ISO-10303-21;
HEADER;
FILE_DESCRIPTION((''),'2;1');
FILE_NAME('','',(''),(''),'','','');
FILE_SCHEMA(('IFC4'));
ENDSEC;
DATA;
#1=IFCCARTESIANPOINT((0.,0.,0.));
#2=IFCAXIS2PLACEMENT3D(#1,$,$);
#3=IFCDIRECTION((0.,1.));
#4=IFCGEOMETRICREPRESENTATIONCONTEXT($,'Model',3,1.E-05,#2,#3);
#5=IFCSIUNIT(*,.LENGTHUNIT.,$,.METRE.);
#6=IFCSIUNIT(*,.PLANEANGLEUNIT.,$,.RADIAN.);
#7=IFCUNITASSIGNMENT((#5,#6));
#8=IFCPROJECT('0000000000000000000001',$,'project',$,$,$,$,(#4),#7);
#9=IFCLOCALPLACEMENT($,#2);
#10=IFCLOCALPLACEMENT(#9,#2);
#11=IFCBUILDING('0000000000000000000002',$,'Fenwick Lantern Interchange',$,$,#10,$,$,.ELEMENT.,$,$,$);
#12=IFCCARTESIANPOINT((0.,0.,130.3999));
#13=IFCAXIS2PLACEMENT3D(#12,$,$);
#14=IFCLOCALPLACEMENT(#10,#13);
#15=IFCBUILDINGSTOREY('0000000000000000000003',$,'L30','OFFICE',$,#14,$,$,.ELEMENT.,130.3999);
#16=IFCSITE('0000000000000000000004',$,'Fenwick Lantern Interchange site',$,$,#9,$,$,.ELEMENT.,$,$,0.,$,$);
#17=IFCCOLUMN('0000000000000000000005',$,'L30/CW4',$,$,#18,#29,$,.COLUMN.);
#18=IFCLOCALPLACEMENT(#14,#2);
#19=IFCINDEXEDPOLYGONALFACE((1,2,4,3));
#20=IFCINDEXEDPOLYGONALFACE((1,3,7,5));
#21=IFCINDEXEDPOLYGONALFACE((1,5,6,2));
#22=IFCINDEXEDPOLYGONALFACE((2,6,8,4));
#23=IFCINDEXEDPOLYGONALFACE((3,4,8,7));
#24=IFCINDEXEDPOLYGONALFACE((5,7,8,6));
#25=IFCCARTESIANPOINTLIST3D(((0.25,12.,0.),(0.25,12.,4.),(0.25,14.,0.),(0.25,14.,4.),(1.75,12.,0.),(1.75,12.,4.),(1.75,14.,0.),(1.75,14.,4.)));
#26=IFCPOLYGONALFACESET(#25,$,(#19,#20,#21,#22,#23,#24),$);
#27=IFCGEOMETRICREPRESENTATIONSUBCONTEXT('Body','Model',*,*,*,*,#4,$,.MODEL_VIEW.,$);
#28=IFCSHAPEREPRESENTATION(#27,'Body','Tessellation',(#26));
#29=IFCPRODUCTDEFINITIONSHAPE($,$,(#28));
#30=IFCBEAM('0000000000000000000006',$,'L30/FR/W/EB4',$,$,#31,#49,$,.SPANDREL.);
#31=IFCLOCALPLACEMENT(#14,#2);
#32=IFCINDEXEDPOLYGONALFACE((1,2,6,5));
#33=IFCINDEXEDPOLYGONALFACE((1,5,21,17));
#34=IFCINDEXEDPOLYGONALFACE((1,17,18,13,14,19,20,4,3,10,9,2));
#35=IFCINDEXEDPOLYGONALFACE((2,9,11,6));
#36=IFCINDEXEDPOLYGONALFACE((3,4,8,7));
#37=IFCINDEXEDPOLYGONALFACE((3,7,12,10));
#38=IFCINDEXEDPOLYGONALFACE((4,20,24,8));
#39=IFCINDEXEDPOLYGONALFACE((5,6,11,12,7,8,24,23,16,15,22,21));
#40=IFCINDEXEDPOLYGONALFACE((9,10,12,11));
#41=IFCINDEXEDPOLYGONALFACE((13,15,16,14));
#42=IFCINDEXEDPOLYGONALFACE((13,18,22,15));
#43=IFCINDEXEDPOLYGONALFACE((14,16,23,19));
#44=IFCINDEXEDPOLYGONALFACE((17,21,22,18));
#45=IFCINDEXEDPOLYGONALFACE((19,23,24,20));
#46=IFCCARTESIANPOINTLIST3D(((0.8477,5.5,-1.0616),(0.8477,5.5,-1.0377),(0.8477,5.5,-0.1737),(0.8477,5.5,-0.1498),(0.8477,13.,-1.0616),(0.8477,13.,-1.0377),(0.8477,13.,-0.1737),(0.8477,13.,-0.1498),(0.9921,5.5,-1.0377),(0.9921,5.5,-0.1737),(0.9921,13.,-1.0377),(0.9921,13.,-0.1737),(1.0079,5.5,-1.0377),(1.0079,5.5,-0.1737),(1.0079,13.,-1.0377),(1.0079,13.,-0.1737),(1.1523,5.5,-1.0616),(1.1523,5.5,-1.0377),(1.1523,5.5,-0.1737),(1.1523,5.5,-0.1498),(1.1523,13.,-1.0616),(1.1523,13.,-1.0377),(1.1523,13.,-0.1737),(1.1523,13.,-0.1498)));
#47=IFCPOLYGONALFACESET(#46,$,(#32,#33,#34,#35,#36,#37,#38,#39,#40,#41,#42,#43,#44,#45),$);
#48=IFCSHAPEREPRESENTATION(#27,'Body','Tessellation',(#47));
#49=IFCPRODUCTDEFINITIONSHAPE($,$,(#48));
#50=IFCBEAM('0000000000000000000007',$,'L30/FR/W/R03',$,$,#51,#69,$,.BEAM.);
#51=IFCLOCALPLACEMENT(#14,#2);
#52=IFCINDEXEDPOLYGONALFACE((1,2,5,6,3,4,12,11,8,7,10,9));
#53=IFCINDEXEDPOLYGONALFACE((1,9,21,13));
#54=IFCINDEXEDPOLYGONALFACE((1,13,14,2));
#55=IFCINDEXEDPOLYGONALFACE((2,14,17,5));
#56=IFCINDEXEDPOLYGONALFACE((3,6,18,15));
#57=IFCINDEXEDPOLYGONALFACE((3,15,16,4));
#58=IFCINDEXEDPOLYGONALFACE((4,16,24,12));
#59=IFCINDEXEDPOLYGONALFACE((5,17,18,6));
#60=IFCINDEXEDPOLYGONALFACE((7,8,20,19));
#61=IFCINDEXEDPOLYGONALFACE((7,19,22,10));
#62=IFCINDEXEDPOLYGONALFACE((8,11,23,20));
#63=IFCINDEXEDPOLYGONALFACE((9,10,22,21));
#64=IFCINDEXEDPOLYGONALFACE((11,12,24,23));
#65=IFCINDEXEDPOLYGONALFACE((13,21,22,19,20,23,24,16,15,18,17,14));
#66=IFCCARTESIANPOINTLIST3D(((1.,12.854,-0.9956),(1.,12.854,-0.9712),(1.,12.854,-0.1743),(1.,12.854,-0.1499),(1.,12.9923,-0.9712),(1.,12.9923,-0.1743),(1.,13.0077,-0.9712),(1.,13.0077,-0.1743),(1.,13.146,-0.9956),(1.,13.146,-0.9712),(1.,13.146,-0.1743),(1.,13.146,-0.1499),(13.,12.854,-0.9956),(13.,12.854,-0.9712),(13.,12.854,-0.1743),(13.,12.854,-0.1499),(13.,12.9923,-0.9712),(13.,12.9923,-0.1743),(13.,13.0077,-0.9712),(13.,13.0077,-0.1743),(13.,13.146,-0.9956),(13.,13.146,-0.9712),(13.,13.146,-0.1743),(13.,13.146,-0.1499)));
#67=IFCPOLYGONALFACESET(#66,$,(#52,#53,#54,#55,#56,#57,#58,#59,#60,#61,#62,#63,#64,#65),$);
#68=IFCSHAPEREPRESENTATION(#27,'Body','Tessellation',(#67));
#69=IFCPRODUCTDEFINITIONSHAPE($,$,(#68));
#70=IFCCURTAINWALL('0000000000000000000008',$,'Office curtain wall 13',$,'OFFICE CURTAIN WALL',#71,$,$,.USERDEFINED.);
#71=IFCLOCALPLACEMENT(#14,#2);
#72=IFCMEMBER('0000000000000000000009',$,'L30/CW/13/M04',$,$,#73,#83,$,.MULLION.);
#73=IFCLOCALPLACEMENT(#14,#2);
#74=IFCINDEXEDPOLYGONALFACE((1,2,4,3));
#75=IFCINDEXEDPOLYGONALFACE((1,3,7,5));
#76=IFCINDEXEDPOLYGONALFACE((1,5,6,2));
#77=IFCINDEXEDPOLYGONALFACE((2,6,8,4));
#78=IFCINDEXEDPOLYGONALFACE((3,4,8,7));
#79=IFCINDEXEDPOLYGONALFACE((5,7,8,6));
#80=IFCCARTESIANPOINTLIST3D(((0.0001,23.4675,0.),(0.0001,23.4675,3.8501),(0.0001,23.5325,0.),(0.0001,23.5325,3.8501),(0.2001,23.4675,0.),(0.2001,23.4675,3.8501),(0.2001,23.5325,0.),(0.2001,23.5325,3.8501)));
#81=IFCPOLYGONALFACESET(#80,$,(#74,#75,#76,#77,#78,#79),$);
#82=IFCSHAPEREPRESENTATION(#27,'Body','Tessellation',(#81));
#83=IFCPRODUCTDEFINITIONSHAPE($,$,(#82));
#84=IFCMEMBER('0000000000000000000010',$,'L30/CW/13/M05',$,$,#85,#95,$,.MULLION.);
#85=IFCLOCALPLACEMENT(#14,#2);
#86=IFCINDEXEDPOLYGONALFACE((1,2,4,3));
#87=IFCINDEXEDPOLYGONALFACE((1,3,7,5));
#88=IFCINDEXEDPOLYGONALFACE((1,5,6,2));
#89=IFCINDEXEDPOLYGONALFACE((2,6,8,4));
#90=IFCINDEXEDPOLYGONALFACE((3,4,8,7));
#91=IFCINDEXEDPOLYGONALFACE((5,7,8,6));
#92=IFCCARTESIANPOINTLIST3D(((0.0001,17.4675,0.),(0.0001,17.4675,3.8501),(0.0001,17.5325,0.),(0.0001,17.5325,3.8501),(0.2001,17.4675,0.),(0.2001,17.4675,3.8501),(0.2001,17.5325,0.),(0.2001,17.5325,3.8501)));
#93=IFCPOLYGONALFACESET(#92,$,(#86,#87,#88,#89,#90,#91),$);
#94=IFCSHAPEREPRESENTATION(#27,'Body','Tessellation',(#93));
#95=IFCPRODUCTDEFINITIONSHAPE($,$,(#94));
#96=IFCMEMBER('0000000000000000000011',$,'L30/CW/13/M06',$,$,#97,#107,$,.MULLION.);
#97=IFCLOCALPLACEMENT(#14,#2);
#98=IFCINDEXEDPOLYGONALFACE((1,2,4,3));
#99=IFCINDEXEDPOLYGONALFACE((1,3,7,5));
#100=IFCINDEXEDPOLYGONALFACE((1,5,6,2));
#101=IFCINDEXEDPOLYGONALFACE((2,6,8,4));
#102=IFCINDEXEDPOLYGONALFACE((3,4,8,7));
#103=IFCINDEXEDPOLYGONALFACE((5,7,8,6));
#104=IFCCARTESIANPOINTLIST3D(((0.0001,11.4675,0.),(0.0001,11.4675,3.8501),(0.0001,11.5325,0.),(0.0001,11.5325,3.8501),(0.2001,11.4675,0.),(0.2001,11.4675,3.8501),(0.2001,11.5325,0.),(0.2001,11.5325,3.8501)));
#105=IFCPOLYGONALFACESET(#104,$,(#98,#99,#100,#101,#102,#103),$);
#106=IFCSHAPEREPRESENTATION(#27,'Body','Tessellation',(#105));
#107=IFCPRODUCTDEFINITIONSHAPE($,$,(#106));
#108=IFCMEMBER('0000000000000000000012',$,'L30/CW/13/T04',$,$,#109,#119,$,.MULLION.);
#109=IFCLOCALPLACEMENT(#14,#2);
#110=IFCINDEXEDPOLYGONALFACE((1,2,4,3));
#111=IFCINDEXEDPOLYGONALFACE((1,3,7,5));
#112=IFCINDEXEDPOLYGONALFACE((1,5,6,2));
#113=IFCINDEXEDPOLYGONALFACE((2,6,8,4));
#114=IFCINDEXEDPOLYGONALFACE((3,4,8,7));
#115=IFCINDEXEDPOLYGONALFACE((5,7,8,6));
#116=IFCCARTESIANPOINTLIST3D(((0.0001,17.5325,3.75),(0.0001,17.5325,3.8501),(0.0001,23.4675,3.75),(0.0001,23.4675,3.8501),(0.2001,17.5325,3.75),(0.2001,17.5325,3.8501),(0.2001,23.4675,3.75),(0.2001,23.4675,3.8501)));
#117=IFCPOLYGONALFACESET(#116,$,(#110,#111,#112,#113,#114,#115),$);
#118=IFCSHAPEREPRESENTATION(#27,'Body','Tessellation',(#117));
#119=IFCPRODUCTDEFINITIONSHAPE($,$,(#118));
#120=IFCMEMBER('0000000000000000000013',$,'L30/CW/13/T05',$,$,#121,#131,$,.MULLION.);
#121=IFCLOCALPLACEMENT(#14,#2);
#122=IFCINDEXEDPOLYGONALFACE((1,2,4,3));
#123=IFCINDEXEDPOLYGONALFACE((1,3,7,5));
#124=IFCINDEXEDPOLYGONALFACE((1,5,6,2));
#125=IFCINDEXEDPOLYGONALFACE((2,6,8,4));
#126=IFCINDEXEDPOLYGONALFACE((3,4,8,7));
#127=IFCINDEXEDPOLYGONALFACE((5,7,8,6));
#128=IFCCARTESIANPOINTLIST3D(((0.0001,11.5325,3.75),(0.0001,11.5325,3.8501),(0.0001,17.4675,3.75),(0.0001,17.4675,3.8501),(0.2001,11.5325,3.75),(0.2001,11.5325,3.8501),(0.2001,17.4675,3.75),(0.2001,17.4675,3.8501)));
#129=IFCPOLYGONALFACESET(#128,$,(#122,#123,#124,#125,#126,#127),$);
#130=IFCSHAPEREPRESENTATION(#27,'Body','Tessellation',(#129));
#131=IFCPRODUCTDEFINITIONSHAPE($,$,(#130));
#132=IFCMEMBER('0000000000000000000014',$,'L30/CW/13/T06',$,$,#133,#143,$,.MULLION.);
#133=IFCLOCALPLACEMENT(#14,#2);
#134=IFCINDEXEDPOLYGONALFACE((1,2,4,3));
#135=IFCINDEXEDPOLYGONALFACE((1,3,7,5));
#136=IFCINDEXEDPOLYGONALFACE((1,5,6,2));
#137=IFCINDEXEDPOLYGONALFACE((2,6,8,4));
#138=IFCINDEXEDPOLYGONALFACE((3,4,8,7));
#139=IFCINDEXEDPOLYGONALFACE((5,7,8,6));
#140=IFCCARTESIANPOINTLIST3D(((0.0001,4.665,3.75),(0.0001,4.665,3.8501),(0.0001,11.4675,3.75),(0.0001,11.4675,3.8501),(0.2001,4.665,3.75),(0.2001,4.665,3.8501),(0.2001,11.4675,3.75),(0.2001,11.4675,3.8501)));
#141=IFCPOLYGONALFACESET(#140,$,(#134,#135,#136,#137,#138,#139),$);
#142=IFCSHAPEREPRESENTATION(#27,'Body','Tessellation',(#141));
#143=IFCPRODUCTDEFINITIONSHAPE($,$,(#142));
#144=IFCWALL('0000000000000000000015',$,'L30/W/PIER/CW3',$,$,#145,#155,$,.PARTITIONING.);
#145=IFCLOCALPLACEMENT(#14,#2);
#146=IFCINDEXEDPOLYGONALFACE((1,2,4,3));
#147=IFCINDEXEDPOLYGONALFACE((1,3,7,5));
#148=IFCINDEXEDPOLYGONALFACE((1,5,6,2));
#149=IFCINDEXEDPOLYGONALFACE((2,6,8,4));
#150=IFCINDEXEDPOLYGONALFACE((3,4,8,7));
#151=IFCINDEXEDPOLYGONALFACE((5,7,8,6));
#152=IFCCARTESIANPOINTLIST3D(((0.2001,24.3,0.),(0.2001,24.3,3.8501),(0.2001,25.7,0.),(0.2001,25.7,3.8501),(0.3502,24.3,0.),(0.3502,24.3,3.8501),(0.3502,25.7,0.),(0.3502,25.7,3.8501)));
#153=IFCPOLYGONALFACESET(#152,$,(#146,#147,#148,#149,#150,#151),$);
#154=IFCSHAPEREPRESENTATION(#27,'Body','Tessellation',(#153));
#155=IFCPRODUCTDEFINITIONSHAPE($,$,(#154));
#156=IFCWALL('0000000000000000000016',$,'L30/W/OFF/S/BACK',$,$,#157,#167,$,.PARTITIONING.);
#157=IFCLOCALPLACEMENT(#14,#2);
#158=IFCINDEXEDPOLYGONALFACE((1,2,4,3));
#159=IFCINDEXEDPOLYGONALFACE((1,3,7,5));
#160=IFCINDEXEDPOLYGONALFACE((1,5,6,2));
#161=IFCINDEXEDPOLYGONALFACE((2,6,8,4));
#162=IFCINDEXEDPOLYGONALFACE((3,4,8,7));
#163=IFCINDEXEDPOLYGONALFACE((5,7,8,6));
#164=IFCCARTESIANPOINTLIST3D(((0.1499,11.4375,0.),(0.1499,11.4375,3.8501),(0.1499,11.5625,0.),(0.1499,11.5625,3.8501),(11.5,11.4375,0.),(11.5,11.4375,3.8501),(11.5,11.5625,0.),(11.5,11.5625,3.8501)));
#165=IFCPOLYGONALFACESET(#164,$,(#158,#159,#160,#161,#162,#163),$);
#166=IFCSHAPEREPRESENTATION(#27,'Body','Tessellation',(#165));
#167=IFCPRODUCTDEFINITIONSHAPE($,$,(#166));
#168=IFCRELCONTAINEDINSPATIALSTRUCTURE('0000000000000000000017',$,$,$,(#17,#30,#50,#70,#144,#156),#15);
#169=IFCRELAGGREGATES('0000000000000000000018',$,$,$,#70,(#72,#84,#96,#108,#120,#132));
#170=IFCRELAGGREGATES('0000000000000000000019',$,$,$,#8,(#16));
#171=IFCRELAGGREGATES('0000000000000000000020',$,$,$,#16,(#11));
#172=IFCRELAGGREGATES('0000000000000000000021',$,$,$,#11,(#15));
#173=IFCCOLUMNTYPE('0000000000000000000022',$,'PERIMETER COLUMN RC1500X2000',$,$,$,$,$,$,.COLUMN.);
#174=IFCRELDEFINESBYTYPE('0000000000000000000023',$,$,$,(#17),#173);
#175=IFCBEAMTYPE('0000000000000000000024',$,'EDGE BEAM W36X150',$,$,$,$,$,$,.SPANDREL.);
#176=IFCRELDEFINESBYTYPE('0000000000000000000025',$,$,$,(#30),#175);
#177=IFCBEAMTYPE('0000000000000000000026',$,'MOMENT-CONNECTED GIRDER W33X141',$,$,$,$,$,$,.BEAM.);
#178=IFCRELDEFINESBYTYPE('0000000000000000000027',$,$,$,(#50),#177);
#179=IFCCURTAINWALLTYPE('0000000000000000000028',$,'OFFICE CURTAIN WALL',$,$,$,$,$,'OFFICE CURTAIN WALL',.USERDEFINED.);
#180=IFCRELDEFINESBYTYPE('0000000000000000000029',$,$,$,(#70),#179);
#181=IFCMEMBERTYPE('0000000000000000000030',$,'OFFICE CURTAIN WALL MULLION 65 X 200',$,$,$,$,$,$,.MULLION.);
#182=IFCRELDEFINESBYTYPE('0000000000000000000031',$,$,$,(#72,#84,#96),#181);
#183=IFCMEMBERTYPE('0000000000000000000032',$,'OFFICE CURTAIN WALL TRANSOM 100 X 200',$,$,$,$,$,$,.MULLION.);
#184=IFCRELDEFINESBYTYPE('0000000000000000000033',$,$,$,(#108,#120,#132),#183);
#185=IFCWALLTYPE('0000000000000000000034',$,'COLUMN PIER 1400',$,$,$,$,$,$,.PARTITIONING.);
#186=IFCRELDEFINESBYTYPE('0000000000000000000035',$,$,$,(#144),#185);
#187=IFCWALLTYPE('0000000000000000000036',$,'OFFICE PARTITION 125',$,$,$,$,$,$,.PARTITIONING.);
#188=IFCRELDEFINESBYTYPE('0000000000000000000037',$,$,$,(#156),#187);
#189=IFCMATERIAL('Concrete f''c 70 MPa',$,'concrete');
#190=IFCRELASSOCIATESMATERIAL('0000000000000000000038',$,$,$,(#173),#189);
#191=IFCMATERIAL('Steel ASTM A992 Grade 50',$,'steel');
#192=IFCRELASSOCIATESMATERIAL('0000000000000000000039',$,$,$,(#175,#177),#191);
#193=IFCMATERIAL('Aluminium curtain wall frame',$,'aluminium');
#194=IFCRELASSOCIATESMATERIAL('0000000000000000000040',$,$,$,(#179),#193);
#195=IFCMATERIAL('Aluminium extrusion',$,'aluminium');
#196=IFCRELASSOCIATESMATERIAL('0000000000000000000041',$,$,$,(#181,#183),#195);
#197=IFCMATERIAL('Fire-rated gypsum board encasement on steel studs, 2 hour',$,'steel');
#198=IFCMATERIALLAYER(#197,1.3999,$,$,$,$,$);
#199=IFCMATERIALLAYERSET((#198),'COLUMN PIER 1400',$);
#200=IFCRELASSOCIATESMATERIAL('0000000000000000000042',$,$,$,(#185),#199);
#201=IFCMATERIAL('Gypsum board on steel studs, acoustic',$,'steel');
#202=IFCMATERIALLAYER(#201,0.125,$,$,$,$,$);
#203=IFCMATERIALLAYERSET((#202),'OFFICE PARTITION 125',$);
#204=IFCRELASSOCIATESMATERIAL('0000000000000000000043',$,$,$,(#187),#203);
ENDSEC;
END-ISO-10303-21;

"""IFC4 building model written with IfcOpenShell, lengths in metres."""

from ifc_helpers import new_model, si_unit, direction, frame, frame_2d, origin, origin_2d, place, context, subcontext, project, spatial, rectangle, i_section, extrude, material, layer, layer_set, material_profile, profile_set, type_object, element, aggregate, save


model = new_model("IFC4")

# Units and contexts
model_context = context("Model", 3, precision=1e-05, world=origin(), true_north=direction((0.0, 1.0)))
body_context = subcontext(model_context, "Body", "Model", "MODEL_VIEW")
ifc_project = project(units=[si_unit("LENGTHUNIT", "METRE"), si_unit("PLANEANGLEUNIT", "RADIAN")], contexts=[model_context])

# Site, building, storey
site_placement = place(None, origin())
site = spatial("IfcSite", under=ifc_project, at=site_placement, Name="Fenwick Lantern Interchange site", CompositionType="ELEMENT", RefElevation=0.0)
building_placement = place(site_placement, origin())
building = spatial("IfcBuilding", under=site, at=building_placement, Name="Fenwick Lantern Interchange", CompositionType="ELEMENT")
storey_placement = place(building_placement, frame((0.0, 0.0, 130.3999)))
storey = spatial("IfcBuildingStorey", under=building, at=storey_placement, Name="L30", Description="OFFICE", CompositionType="ELEMENT", Elevation=130.3999)

# Column
ifc_material_1 = material(Name="Concrete f'c 70 MPa", Category="concrete")
ifc_material_profile_1 = material_profile(ifc_material_1, rectangle(XDim=1.5, YDim=2.0, at=origin_2d()), Name="RC1500X2000")
ifc_profile_set_1 = profile_set([ifc_material_profile_1], Name="Concrete f'c 70 MPa")
column_type = type_object("IfcColumnType", Name="PERIMETER COLUMN RC1500X2000", PredefinedType="COLUMN", material=ifc_profile_set_1)
column_placement = place(storey_placement, frame((1.0, 13.0, 0.0), z_axis=(0.0, 0.0, 1.0), x_axis=(1.0, 0.0, 0.0)))
element("IfcColumn", 1, at=column_placement, inside=storey, type_object=column_type, Name="L30/CW4", PredefinedType="COLUMN", context=body_context, shape_type="SweptSolid", body=[
    extrude(rectangle(XDim=1.5, YDim=2.0, at=origin_2d()), origin(), (0.0, 0.0, 1.0), 4.0),
])

# Beams
ifc_material_2 = material(Name="Steel ASTM A992 Grade 50", Category="steel")
ifc_material_profile_2 = material_profile(ifc_material_2, i_section(OverallWidth=0.3047, OverallDepth=0.9119, WebThickness=0.0159, FlangeThickness=0.0239, at=origin_2d()), Name="W36X150")
ifc_profile_set_2 = profile_set([ifc_material_profile_2], Name="Steel ASTM A992 Grade 50")
beam_type_1 = type_object("IfcBeamType", Name="EDGE BEAM W36X150", PredefinedType="SPANDREL", material=ifc_profile_set_2)
beam_1_placement = place(storey_placement, frame((1.0, 13.0, -0.6057), z_axis=(0.0, -1.0, 0.0), x_axis=(1.0, 0.0, 0.0)))
element("IfcBeam", 2, at=beam_1_placement, inside=storey, type_object=beam_type_1, Name="L30/FR/W/EB4", PredefinedType="SPANDREL", context=body_context, shape_type="SweptSolid", body=[
    extrude(i_section(OverallWidth=0.3047, OverallDepth=0.9119, WebThickness=0.0159, FlangeThickness=0.0239, at=origin_2d()), origin(), (0.0, 0.0, 1.0), 7.5),
])
ifc_material_profile_3 = material_profile(ifc_material_2, i_section(OverallWidth=0.292, OverallDepth=0.8457, WebThickness=0.0154, FlangeThickness=0.0244, at=origin_2d()), Name="W33X141")
ifc_profile_set_3 = profile_set([ifc_material_profile_3], Name="Steel ASTM A992 Grade 50")
beam_type_2 = type_object("IfcBeamType", Name="MOMENT-CONNECTED GIRDER W33X141", PredefinedType="BEAM", material=ifc_profile_set_3)
beam_2_placement = place(storey_placement, frame((1.0, 13.0, -0.5728), z_axis=(1.0, 0.0, 0.0), x_axis=(0.0, 1.0, 0.0)))
element("IfcBeam", 3, at=beam_2_placement, inside=storey, type_object=beam_type_2, Name="L30/FR/W/R03", PredefinedType="BEAM", context=body_context, shape_type="SweptSolid", body=[
    extrude(i_section(OverallWidth=0.292, OverallDepth=0.8457, WebThickness=0.0154, FlangeThickness=0.0244, at=origin_2d()), origin(), (0.0, 0.0, 1.0), 12.0),
])

# Curtain wall, members
ifc_material_3 = material(Name="Aluminium curtain wall frame", Category="aluminium")
curtain_wall_type = type_object("IfcCurtainWallType", Name="OFFICE CURTAIN WALL", ElementType="OFFICE CURTAIN WALL", PredefinedType="USERDEFINED", material=ifc_material_3)
curtain_wall_placement = place(storey_placement, origin())
curtain_wall = element("IfcCurtainWall", 4, at=curtain_wall_placement, inside=storey, type_object=curtain_wall_type, Name="Office curtain wall 13", ObjectType="OFFICE CURTAIN WALL", PredefinedType="USERDEFINED")
ifc_material_4 = material(Name="Aluminium extrusion", Category="aluminium")
ifc_material_profile_4 = material_profile(ifc_material_4, rectangle(XDim=0.2, YDim=0.0649, at=origin_2d()), Name="OFFICE CURTAIN WALL MULLION 65 X 200")
ifc_profile_set_4 = profile_set([ifc_material_profile_4], Name="Aluminium extrusion")
member_type_1 = type_object("IfcMemberType", Name="OFFICE CURTAIN WALL MULLION 65 X 200", PredefinedType="MULLION", material=ifc_profile_set_4)
member_1_placement = place(storey_placement, frame((0.1001, 23.5, 0.0), z_axis=(0.0, 0.0, 1.0), x_axis=(1.0, 0.0, 0.0)))
member_1 = element("IfcMember", 5, at=member_1_placement, type_object=member_type_1, Name="L30/CW/13/M04", PredefinedType="MULLION", context=body_context, shape_type="SweptSolid", body=[
    extrude(rectangle(XDim=0.2, YDim=0.0649, at=origin_2d()), origin(), (0.0, 0.0, 1.0), 3.8501),
])
member_2_placement = place(storey_placement, frame((0.1001, 17.5, 0.0), z_axis=(0.0, 0.0, 1.0), x_axis=(1.0, 0.0, 0.0)))
member_2 = element("IfcMember", 6, at=member_2_placement, type_object=member_type_1, Name="L30/CW/13/M05", PredefinedType="MULLION", context=body_context, shape_type="SweptSolid", body=[
    extrude(rectangle(XDim=0.2, YDim=0.0649, at=origin_2d()), origin(), (0.0, 0.0, 1.0), 3.8501),
])
member_3_placement = place(storey_placement, frame((0.1001, 11.5, 0.0), z_axis=(0.0, 0.0, 1.0), x_axis=(1.0, 0.0, 0.0)))
member_3 = element("IfcMember", 7, at=member_3_placement, type_object=member_type_1, Name="L30/CW/13/M06", PredefinedType="MULLION", context=body_context, shape_type="SweptSolid", body=[
    extrude(rectangle(XDim=0.2, YDim=0.0649, at=origin_2d()), origin(), (0.0, 0.0, 1.0), 3.8501),
])
ifc_material_profile_5 = material_profile(ifc_material_4, rectangle(XDim=0.2, YDim=0.1001, at=origin_2d()), Name="OFFICE CURTAIN WALL TRANSOM 100 X 200")
ifc_profile_set_5 = profile_set([ifc_material_profile_5], Name="Aluminium extrusion")
member_type_2 = type_object("IfcMemberType", Name="OFFICE CURTAIN WALL TRANSOM 100 X 200", PredefinedType="MULLION", material=ifc_profile_set_5)
member_4_placement = place(storey_placement, frame((0.1001, 23.4675, 3.8), z_axis=(0.0, -1.0, 0.0), x_axis=(1.0, 0.0, 0.0)))
member_4 = element("IfcMember", 8, at=member_4_placement, type_object=member_type_2, Name="L30/CW/13/T04", PredefinedType="MULLION", context=body_context, shape_type="SweptSolid", body=[
    extrude(rectangle(XDim=0.2, YDim=0.1001, at=origin_2d()), origin(), (0.0, 0.0, 1.0), 5.9351),
])
member_5_placement = place(storey_placement, frame((0.1001, 17.4675, 3.8), z_axis=(0.0, -1.0, 0.0), x_axis=(1.0, 0.0, 0.0)))
member_5 = element("IfcMember", 9, at=member_5_placement, type_object=member_type_2, Name="L30/CW/13/T05", PredefinedType="MULLION", context=body_context, shape_type="SweptSolid", body=[
    extrude(rectangle(XDim=0.2, YDim=0.1001, at=origin_2d()), origin(), (0.0, 0.0, 1.0), 5.9351),
])
member_6_placement = place(storey_placement, frame((0.1001, 11.4675, 3.8), z_axis=(0.0, -1.0, 0.0), x_axis=(1.0, 0.0, 0.0)))
member_6 = element("IfcMember", 10, at=member_6_placement, type_object=member_type_2, Name="L30/CW/13/T06", PredefinedType="MULLION", context=body_context, shape_type="SweptSolid", body=[
    extrude(rectangle(XDim=0.2, YDim=0.1001, at=origin_2d()), origin(), (0.0, 0.0, 1.0), 6.8025),
])
aggregate(curtain_wall, [member_1, member_2, member_3, member_4, member_5, member_6])

# Walls
ifc_material_5 = material(Name="Fire-rated gypsum board encasement on steel studs, 2 hour", Category="steel")
ifc_layer_1 = layer(ifc_material_5, 1.3999)
ifc_layer_set_1 = layer_set([ifc_layer_1], Name="COLUMN PIER 1400")
wall_type_1 = type_object("IfcWallType", Name="COLUMN PIER 1400", PredefinedType="PARTITIONING", material=ifc_layer_set_1)
wall_1_placement = place(storey_placement, frame((0.2, 25.0, 0.0), z_axis=(0.0, 0.0, 1.0), x_axis=(1.0, 0.0, 0.0)))
element("IfcWall", 11, at=wall_1_placement, inside=storey, type_object=wall_type_1, Name="L30/W/PIER/CW3", PredefinedType="PARTITIONING", context=body_context, shape_type="SweptSolid", body=[
    extrude(rectangle(XDim=0.1501, YDim=1.3999, at=frame_2d((0.0752, 0.0))), origin(), (0.0, 0.0, 1.0), 3.8501),
])
ifc_material_6 = material(Name="Gypsum board on steel studs, acoustic", Category="steel")
ifc_layer_2 = layer(ifc_material_6, 0.125)
ifc_layer_set_2 = layer_set([ifc_layer_2], Name="OFFICE PARTITION 125")
wall_type_2 = type_object("IfcWallType", Name="OFFICE PARTITION 125", PredefinedType="PARTITIONING", material=ifc_layer_set_2)
wall_2_placement = place(storey_placement, frame((0.1499, 11.5, 0.0), z_axis=(0.0, 0.0, 1.0), x_axis=(1.0, 0.0, 0.0)))
element("IfcWall", 12, at=wall_2_placement, inside=storey, type_object=wall_type_2, Name="L30/W/OFF/S/BACK", PredefinedType="PARTITIONING", context=body_context, shape_type="SweptSolid", body=[
    extrude(rectangle(XDim=11.3501, YDim=0.125, at=frame_2d((5.675, 0.0))), origin(), (0.0, 0.0, 1.0), 3.8501),
])

save(model, "model.ifc")
